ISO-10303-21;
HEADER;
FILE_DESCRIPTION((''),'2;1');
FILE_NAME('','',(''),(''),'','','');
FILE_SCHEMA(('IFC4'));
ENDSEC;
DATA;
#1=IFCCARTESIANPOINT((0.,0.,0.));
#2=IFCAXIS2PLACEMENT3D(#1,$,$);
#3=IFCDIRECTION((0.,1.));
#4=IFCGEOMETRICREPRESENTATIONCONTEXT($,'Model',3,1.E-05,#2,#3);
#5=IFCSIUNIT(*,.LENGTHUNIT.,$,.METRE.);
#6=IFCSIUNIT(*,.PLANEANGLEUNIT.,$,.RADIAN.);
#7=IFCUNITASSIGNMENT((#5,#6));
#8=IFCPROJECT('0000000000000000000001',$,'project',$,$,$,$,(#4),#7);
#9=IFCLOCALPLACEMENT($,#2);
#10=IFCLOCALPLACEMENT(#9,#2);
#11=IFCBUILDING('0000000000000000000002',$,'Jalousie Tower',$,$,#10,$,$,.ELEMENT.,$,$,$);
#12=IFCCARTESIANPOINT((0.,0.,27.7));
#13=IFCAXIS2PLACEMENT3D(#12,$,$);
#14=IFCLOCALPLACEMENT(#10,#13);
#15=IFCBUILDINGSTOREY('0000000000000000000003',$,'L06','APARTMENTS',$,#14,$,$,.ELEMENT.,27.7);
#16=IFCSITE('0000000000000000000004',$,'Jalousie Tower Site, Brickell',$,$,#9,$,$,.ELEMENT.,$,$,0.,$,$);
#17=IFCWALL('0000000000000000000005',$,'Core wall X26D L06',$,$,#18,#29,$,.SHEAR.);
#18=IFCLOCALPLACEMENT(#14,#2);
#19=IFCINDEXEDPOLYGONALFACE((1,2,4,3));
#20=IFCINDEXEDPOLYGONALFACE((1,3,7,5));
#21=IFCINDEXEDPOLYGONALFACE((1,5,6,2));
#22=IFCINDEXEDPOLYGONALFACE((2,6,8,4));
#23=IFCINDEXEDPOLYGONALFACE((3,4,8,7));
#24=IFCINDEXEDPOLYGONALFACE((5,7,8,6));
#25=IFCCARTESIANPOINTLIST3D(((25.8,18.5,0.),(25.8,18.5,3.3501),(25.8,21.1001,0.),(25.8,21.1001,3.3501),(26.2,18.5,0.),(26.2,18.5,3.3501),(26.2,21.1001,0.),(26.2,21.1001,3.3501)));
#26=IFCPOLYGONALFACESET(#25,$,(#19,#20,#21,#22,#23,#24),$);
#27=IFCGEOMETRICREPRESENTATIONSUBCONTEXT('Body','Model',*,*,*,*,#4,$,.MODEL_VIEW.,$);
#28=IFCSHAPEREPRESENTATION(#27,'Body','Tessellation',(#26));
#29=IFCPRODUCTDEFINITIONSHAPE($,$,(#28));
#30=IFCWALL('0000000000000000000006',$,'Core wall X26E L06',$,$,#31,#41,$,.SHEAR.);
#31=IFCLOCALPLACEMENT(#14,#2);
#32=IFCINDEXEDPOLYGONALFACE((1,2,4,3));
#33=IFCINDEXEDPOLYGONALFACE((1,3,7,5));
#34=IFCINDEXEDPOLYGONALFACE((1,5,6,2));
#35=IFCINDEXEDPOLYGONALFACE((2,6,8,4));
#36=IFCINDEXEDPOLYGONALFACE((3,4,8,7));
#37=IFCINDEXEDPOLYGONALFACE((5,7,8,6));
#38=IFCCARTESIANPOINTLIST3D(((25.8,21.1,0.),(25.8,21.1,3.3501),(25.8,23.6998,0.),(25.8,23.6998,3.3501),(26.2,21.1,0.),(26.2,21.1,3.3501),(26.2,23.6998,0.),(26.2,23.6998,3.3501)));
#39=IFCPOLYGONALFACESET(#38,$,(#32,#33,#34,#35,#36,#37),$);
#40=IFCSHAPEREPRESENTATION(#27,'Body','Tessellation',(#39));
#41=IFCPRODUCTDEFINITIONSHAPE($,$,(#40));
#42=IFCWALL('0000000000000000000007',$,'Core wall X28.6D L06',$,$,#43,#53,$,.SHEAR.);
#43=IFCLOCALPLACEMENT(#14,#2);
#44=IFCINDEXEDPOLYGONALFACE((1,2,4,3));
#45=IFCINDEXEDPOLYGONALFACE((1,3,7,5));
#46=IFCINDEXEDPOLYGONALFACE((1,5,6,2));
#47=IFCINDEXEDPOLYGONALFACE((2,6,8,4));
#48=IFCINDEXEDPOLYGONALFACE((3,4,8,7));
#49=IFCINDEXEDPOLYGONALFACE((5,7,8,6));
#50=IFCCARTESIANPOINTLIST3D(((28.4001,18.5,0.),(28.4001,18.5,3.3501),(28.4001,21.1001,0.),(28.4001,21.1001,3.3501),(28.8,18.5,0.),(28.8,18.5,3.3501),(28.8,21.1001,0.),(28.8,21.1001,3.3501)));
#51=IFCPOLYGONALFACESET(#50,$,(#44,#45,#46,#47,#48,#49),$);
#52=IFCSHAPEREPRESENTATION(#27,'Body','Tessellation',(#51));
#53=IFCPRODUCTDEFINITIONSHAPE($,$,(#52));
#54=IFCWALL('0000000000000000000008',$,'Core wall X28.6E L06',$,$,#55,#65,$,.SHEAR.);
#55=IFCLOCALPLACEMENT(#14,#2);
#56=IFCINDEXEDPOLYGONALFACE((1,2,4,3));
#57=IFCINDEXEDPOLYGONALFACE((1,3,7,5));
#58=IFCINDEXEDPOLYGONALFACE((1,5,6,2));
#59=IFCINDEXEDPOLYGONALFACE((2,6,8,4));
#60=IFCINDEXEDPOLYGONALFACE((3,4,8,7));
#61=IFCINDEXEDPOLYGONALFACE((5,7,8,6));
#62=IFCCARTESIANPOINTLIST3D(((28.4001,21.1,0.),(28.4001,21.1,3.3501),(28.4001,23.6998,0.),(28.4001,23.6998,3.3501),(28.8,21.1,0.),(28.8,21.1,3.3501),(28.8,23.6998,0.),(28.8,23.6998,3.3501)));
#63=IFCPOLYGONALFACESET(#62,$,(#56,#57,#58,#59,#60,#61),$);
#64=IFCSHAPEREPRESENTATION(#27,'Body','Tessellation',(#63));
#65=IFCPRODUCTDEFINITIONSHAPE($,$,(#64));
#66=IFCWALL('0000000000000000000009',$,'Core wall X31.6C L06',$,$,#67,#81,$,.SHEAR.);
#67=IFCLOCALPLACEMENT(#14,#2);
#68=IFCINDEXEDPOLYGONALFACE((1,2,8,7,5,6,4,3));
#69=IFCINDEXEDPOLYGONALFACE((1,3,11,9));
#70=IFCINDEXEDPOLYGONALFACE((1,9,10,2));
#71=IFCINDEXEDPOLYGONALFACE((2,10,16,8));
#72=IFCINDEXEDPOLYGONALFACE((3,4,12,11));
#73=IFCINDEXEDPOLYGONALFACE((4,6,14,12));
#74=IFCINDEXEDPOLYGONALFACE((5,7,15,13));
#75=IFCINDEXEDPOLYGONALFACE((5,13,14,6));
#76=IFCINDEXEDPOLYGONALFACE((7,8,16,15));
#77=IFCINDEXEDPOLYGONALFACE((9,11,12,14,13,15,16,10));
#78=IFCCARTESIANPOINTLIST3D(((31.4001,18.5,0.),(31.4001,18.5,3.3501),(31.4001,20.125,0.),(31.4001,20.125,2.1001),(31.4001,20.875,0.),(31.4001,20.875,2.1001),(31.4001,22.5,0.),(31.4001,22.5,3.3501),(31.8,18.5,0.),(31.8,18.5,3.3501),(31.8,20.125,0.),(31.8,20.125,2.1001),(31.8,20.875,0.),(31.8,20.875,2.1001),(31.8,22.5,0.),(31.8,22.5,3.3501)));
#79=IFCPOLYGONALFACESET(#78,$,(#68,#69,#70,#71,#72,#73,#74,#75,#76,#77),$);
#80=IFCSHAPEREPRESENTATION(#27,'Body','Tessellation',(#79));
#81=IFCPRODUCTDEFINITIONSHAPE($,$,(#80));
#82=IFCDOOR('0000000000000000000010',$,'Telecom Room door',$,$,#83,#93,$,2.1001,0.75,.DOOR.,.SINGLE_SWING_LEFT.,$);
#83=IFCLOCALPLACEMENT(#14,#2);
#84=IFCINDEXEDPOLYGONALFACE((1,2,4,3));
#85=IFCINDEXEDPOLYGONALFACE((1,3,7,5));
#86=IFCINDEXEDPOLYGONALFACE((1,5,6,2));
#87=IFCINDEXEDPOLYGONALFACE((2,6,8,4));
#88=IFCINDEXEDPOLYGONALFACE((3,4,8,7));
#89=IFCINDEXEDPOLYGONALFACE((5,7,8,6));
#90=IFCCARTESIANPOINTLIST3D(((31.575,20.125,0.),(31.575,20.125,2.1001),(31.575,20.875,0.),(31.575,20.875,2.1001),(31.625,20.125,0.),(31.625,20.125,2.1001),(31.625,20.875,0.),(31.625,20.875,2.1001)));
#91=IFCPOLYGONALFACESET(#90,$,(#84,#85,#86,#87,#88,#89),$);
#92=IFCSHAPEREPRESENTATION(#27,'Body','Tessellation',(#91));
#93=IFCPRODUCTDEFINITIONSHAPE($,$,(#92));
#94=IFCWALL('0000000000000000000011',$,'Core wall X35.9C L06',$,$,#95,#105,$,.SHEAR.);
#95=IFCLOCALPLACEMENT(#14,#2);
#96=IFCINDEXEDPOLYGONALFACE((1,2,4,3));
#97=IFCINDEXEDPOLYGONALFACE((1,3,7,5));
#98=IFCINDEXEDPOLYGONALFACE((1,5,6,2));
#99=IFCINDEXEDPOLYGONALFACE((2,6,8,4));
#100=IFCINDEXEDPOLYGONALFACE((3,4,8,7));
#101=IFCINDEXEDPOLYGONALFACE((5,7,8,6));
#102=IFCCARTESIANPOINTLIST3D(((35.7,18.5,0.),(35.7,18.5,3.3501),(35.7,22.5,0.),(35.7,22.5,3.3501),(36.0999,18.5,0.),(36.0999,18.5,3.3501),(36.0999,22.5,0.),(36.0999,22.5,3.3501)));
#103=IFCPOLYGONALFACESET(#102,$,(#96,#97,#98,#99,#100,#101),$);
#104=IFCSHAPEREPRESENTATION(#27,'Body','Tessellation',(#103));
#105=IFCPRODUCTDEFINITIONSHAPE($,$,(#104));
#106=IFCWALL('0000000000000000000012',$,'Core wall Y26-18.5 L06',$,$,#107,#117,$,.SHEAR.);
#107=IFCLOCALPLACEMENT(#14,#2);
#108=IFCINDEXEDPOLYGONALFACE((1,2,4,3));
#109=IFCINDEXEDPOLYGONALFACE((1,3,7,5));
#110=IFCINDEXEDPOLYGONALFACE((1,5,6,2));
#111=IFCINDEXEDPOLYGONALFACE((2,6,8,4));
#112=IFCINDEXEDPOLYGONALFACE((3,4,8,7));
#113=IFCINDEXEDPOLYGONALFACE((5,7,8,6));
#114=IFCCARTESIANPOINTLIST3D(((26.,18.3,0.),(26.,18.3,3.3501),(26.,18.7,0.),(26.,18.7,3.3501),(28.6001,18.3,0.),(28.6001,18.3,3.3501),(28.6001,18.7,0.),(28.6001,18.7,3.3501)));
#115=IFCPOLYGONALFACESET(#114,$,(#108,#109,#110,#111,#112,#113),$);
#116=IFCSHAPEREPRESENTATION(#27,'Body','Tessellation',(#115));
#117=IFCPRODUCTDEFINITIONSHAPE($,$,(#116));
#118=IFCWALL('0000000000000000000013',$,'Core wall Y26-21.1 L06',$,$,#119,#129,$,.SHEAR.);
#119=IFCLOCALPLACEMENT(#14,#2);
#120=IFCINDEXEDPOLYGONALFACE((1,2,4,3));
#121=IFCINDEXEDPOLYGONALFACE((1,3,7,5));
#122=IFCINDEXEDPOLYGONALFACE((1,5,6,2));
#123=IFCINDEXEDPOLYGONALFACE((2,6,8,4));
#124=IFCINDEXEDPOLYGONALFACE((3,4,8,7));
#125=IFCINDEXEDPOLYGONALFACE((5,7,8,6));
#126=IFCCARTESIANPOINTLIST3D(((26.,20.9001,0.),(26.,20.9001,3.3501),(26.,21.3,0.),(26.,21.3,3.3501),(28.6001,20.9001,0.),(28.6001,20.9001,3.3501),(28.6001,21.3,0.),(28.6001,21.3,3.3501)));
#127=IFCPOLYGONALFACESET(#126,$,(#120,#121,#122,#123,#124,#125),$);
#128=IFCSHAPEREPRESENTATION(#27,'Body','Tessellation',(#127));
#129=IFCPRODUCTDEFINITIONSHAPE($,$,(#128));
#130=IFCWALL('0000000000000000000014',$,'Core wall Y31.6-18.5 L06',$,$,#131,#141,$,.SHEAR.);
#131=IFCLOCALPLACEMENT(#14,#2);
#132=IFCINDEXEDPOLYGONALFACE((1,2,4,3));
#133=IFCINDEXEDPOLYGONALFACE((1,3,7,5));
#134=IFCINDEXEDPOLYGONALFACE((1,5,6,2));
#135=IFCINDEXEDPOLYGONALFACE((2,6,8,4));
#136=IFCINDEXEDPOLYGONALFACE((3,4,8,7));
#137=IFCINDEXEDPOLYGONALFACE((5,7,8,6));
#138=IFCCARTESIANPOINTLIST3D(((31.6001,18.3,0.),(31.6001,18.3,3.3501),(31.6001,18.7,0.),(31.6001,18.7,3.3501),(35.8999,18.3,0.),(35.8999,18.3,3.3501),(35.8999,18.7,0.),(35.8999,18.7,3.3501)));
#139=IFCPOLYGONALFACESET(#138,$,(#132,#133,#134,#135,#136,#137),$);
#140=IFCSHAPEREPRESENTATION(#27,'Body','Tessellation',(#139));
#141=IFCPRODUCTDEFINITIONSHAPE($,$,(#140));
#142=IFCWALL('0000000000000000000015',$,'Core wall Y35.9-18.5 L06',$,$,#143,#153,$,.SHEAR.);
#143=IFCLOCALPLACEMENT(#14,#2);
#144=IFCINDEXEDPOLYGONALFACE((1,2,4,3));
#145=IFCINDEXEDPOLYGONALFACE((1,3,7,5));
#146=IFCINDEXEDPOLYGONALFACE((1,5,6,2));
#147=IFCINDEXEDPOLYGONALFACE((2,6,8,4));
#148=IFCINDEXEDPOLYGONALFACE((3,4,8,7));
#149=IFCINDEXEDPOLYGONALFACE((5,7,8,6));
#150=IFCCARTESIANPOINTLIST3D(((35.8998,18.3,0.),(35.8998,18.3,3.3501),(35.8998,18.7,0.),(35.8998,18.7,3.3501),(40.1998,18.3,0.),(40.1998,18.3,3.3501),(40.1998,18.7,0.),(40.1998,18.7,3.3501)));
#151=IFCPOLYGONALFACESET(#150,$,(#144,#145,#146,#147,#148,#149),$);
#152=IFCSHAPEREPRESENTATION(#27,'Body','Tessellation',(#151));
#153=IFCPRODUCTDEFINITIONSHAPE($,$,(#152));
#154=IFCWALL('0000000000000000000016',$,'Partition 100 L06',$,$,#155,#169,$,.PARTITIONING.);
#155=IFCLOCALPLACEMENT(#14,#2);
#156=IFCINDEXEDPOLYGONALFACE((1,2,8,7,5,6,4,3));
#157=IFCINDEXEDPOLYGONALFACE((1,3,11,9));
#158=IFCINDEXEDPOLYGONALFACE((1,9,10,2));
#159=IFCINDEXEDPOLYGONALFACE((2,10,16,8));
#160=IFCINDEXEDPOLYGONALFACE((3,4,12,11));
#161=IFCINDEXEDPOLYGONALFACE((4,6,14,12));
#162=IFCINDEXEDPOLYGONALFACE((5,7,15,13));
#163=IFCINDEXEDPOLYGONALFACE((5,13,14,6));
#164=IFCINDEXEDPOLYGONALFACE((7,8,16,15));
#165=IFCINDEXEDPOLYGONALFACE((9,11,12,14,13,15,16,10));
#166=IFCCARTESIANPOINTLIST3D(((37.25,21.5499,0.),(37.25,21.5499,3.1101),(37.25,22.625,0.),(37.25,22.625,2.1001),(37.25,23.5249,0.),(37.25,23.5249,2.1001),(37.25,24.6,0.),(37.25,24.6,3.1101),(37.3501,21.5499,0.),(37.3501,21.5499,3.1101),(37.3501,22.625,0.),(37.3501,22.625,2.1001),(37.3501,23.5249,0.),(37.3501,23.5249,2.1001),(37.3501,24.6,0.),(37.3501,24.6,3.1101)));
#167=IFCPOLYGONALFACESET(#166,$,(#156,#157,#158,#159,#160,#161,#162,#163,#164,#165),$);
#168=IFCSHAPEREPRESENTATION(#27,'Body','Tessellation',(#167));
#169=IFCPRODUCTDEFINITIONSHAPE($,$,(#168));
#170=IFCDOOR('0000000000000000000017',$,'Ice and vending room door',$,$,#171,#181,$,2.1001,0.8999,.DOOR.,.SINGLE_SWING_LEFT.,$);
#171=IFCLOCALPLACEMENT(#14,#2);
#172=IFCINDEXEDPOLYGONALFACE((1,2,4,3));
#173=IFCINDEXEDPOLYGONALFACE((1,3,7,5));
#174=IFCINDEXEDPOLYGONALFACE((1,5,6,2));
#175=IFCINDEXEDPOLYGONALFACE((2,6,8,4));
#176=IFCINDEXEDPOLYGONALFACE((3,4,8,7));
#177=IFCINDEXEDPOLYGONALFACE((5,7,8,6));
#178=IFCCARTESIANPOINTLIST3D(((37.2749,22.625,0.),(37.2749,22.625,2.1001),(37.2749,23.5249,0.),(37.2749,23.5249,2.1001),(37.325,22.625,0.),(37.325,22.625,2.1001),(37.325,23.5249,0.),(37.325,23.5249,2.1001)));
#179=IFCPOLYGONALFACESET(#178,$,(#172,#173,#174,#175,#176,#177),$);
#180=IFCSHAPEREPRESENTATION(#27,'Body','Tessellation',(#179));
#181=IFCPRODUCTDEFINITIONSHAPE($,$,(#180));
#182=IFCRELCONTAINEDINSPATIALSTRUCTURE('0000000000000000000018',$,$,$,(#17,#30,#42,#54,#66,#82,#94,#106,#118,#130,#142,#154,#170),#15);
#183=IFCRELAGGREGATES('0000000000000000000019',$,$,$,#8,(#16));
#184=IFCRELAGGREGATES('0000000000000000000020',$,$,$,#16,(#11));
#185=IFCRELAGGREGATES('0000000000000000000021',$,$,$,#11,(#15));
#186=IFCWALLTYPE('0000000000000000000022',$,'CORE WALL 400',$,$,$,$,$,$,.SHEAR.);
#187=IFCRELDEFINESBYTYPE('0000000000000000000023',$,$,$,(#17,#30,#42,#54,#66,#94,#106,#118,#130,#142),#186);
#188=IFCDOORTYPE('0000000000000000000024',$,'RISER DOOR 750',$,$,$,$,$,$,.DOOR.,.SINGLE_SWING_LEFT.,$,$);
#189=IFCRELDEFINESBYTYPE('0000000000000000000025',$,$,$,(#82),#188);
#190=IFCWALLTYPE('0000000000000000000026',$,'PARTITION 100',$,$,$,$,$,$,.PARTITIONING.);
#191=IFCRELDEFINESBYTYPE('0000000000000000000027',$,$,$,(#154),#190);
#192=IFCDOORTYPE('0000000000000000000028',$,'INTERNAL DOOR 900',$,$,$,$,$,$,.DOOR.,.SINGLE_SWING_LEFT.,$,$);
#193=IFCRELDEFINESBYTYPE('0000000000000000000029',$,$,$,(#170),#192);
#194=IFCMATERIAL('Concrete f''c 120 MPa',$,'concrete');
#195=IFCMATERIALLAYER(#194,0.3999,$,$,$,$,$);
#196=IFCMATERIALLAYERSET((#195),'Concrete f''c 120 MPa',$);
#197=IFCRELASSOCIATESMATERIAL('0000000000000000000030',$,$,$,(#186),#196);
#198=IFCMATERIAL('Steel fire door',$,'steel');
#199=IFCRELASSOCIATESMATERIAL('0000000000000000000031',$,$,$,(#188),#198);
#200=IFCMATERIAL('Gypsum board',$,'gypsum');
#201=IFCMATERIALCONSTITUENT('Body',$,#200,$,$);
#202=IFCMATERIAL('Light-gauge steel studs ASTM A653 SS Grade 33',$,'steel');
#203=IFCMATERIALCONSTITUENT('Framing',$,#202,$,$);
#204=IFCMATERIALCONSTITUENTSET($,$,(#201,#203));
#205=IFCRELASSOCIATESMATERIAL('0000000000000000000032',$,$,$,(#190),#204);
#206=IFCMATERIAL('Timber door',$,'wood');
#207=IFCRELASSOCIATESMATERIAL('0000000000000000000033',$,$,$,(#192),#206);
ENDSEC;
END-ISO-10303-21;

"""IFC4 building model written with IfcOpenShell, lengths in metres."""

from ifc_helpers import new_model, si_unit, direction, frame, frame_2d, origin, place, context, subcontext, project, spatial, rectangle, extrude, material, layer, layer_set, constituent, constituent_set, type_object, element, fill, save


model = new_model("IFC4")

# Units and contexts
model_context = context("Model", 3, precision=1e-05, world=origin(), true_north=direction((0.0, 1.0)))
body_context = subcontext(model_context, "Body", "Model", "MODEL_VIEW")
ifc_project = project(units=[si_unit("LENGTHUNIT", "METRE"), si_unit("PLANEANGLEUNIT", "RADIAN")], contexts=[model_context])

# Site, building, storey
site_placement = place(None, origin())
site = spatial("IfcSite", under=ifc_project, at=site_placement, Name="Jalousie Tower Site, Brickell", CompositionType="ELEMENT", RefElevation=0.0)
building_placement = place(site_placement, origin())
building = spatial("IfcBuilding", under=site, at=building_placement, Name="Jalousie Tower", CompositionType="ELEMENT")
storey_placement = place(building_placement, frame((0.0, 0.0, 27.7)))
storey = spatial("IfcBuildingStorey", under=building, at=storey_placement, Name="L06", Description="APARTMENTS", CompositionType="ELEMENT", Elevation=27.7)

# Walls
ifc_material_1 = material(Name="Concrete f'c 120 MPa", Category="concrete")
ifc_layer = layer(ifc_material_1, 0.3999)
ifc_layer_set = layer_set([ifc_layer], Name="Concrete f'c 120 MPa")
wall_type_1 = type_object("IfcWallType", Name="CORE WALL 400", PredefinedType="SHEAR", material=ifc_layer_set)
wall_1_placement = place(storey_placement, frame((26.0, 18.5, 0.0), z_axis=(0.0, 0.0, 1.0), x_axis=(0.0, 1.0, 0.0)))
element("IfcWall", 1, at=wall_1_placement, inside=storey, type_object=wall_type_1, Name="Core wall X26D L06", PredefinedType="SHEAR", context=body_context, shape_type="SweptSolid", body=[
    extrude(rectangle(XDim=2.6001, YDim=0.3999, at=frame_2d((1.3, 0.0))), origin(), (0.0, 0.0, 1.0), 3.3501),
])
wall_2_placement = place(storey_placement, frame((26.0, 21.1001, 0.0), z_axis=(0.0, 0.0, 1.0), x_axis=(0.0, 1.0, 0.0)))
element("IfcWall", 2, at=wall_2_placement, inside=storey, type_object=wall_type_1, Name="Core wall X26E L06", PredefinedType="SHEAR", context=body_context, shape_type="SweptSolid", body=[
    extrude(rectangle(XDim=2.5999, YDim=0.3999, at=frame_2d((1.2998, 0.0))), origin(), (0.0, 0.0, 1.0), 3.3501),
])
wall_3_placement = place(storey_placement, frame((28.6001, 18.5, 0.0), z_axis=(0.0, 0.0, 1.0), x_axis=(0.0, 1.0, 0.0)))
element("IfcWall", 3, at=wall_3_placement, inside=storey, type_object=wall_type_1, Name="Core wall X28.6D L06", PredefinedType="SHEAR", context=body_context, shape_type="SweptSolid", body=[
    extrude(rectangle(XDim=2.6001, YDim=0.3999, at=frame_2d((1.3, 0.0))), origin(), (0.0, 0.0, 1.0), 3.3501),
])
wall_4_placement = place(storey_placement, frame((28.6001, 21.1001, 0.0), z_axis=(0.0, 0.0, 1.0), x_axis=(0.0, 1.0, 0.0)))
element("IfcWall", 4, at=wall_4_placement, inside=storey, type_object=wall_type_1, Name="Core wall X28.6E L06", PredefinedType="SHEAR", context=body_context, shape_type="SweptSolid", body=[
    extrude(rectangle(XDim=2.5999, YDim=0.3999, at=frame_2d((1.2998, 0.0))), origin(), (0.0, 0.0, 1.0), 3.3501),
])

# Wall, opening, door
wall_5_placement = place(storey_placement, frame((31.6001, 18.5, 0.0), z_axis=(0.0, 0.0, 1.0), x_axis=(0.0, 1.0, 0.0)))
wall_5 = element("IfcWall", 5, at=wall_5_placement, inside=storey, type_object=wall_type_1, Name="Core wall X31.6C L06", PredefinedType="SHEAR", context=body_context, shape_type="SweptSolid", body=[
    extrude(rectangle(XDim=4.0, YDim=0.3999, at=frame_2d((2.0, 0.0))), origin(), (0.0, 0.0, 1.0), 3.3501),
])
opening_1_placement = place(wall_5_placement, frame((1.625, 0.0, 0.0)))
opening_1 = element("IfcOpeningElement", 6, at=opening_1_placement, cuts=wall_5, PredefinedType="OPENING", context=body_context, shape_type="SweptSolid", body=[
    extrude(rectangle(XDim=0.75, YDim=2.1001, at=frame_2d((0.375, 1.05))), frame((0.0, 0.21, 0.0), z_axis=(0.0, -1.0, 0.0), x_axis=(1.0, 0.0, 0.0)), (0.0, 0.0, 1.0), 0.4199),
])
ifc_material_2 = material(Name="Steel fire door", Category="steel")
door_type_1 = type_object("IfcDoorType", Name="RISER DOOR 750", OperationType="SINGLE_SWING_LEFT", PredefinedType="DOOR", material=ifc_material_2)
door_1_placement = place(opening_1_placement, frame((0.75, 0.0, 0.0), z_axis=(0.0, 0.0, 1.0), x_axis=(-1.0, 0.0, 0.0)))
door_1 = element("IfcDoor", 7, at=door_1_placement, inside=storey, type_object=door_type_1, Name="Telecom Room door", OperationType="SINGLE_SWING_LEFT", OverallHeight=2.1001, OverallWidth=0.75, PredefinedType="DOOR", context=body_context, shape_type="SweptSolid", body=[
    extrude(rectangle(XDim=0.75, YDim=2.1001, at=frame_2d((0.375, 1.05))), frame((0.0, 0.0249, 0.0), z_axis=(0.0, -1.0, 0.0), x_axis=(1.0, 0.0, 0.0)), (0.0, 0.0, 1.0), 0.05),
])
fill(opening_1, door_1)

# Walls
wall_6_placement = place(storey_placement, frame((35.8999, 18.5, 0.0), z_axis=(0.0, 0.0, 1.0), x_axis=(0.0, 1.0, 0.0)))
element("IfcWall", 8, at=wall_6_placement, inside=storey, type_object=wall_type_1, Name="Core wall X35.9C L06", PredefinedType="SHEAR", context=body_context, shape_type="SweptSolid", body=[
    extrude(rectangle(XDim=4.0, YDim=0.3999, at=frame_2d((2.0, 0.0))), origin(), (0.0, 0.0, 1.0), 3.3501),
])
for number, where, z_axis, x_axis, name in (
    (9, (26.0, 18.5, 0.0), (0.0, 0.0, 1.0), (1.0, 0.0, 0.0), "Core wall Y26-18.5 L06"),
    (10, (26.0, 21.1001, 0.0), (0.0, 0.0, 1.0), (1.0, 0.0, 0.0), "Core wall Y26-21.1 L06"),
):
    element("IfcWall", number, at=place(storey_placement, frame(where, z_axis=z_axis, x_axis=x_axis)), inside=storey, type_object=wall_type_1, Name=name, PredefinedType="SHEAR", context=body_context, shape_type="SweptSolid", body=[
        extrude(rectangle(XDim=2.6001, YDim=0.3999, at=frame_2d((1.3, 0.0))), origin(), (0.0, 0.0, 1.0), 3.3501),
    ])
wall_7_placement = place(storey_placement, frame((31.6001, 18.5, 0.0), z_axis=(0.0, 0.0, 1.0), x_axis=(1.0, 0.0, 0.0)))
element("IfcWall", 11, at=wall_7_placement, inside=storey, type_object=wall_type_1, Name="Core wall Y31.6-18.5 L06", PredefinedType="SHEAR", context=body_context, shape_type="SweptSolid", body=[
    extrude(rectangle(XDim=4.2998, YDim=0.3999, at=frame_2d((2.1499, 0.0))), origin(), (0.0, 0.0, 1.0), 3.3501),
])
wall_8_placement = place(storey_placement, frame((35.8999, 18.5, 0.0), z_axis=(0.0, 0.0, 1.0), x_axis=(1.0, 0.0, 0.0)))
element("IfcWall", 12, at=wall_8_placement, inside=storey, type_object=wall_type_1, Name="Core wall Y35.9-18.5 L06", PredefinedType="SHEAR", context=body_context, shape_type="SweptSolid", body=[
    extrude(rectangle(XDim=4.3, YDim=0.3999, at=frame_2d((2.1499, 0.0))), origin(), (0.0, 0.0, 1.0), 3.3501),
])

# Wall, opening, door
ifc_material_3 = material(Name="Gypsum board", Category="gypsum")
ifc_constituent_1 = constituent(ifc_material_3, Name="Body")
ifc_material_4 = material(Name="Light-gauge steel studs ASTM A653 SS Grade 33", Category="steel")
ifc_constituent_2 = constituent(ifc_material_4, Name="Framing")
ifc_constituent_set = constituent_set(constituents=[ifc_constituent_1, ifc_constituent_2])
wall_type_2 = type_object("IfcWallType", Name="PARTITION 100", PredefinedType="PARTITIONING", material=ifc_constituent_set)
wall_9_placement = place(storey_placement, frame((37.3, 21.55, 0.0), z_axis=(0.0, 0.0, 1.0), x_axis=(0.0, 1.0, 0.0)))
wall_9 = element("IfcWall", 13, at=wall_9_placement, inside=storey, type_object=wall_type_2, Name="Partition 100 L06", PredefinedType="PARTITIONING", context=body_context, shape_type="SweptSolid", body=[
    extrude(rectangle(XDim=3.05, YDim=0.1001, at=frame_2d((1.5249, 0.0))), origin(), (0.0, 0.0, 1.0), 3.1101),
])
opening_2_placement = place(wall_9_placement, frame((1.075, 0.0, 0.0)))
opening_2 = element("IfcOpeningElement", 14, at=opening_2_placement, cuts=wall_9, PredefinedType="OPENING", context=body_context, shape_type="SweptSolid", body=[
    extrude(rectangle(XDim=0.8999, YDim=2.1001, at=frame_2d((0.45, 1.05))), frame((0.0, 0.0601, 0.0), z_axis=(0.0, -1.0, 0.0), x_axis=(1.0, 0.0, 0.0)), (0.0, 0.0, 1.0), 0.1201),
])
ifc_material_5 = material(Name="Timber door", Category="wood")
door_type_2 = type_object("IfcDoorType", Name="INTERNAL DOOR 900", OperationType="SINGLE_SWING_LEFT", PredefinedType="DOOR", material=ifc_material_5)
door_2_placement = place(opening_2_placement, frame((0.8999, 0.0, 0.0), z_axis=(0.0, 0.0, 1.0), x_axis=(-1.0, 0.0, 0.0)))
door_2 = element("IfcDoor", 15, at=door_2_placement, inside=storey, type_object=door_type_2, Name="Ice and vending room door", OperationType="SINGLE_SWING_LEFT", OverallHeight=2.1001, OverallWidth=0.8999, PredefinedType="DOOR", context=body_context, shape_type="SweptSolid", body=[
    extrude(rectangle(XDim=0.8999, YDim=2.1001, at=frame_2d((0.45, 1.05))), frame((0.0, 0.0249, 0.0), z_axis=(0.0, -1.0, 0.0), x_axis=(1.0, 0.0, 0.0)), (0.0, 0.0, 1.0), 0.05),
])
fill(opening_2, door_2)

save(model, "model.ifc")
